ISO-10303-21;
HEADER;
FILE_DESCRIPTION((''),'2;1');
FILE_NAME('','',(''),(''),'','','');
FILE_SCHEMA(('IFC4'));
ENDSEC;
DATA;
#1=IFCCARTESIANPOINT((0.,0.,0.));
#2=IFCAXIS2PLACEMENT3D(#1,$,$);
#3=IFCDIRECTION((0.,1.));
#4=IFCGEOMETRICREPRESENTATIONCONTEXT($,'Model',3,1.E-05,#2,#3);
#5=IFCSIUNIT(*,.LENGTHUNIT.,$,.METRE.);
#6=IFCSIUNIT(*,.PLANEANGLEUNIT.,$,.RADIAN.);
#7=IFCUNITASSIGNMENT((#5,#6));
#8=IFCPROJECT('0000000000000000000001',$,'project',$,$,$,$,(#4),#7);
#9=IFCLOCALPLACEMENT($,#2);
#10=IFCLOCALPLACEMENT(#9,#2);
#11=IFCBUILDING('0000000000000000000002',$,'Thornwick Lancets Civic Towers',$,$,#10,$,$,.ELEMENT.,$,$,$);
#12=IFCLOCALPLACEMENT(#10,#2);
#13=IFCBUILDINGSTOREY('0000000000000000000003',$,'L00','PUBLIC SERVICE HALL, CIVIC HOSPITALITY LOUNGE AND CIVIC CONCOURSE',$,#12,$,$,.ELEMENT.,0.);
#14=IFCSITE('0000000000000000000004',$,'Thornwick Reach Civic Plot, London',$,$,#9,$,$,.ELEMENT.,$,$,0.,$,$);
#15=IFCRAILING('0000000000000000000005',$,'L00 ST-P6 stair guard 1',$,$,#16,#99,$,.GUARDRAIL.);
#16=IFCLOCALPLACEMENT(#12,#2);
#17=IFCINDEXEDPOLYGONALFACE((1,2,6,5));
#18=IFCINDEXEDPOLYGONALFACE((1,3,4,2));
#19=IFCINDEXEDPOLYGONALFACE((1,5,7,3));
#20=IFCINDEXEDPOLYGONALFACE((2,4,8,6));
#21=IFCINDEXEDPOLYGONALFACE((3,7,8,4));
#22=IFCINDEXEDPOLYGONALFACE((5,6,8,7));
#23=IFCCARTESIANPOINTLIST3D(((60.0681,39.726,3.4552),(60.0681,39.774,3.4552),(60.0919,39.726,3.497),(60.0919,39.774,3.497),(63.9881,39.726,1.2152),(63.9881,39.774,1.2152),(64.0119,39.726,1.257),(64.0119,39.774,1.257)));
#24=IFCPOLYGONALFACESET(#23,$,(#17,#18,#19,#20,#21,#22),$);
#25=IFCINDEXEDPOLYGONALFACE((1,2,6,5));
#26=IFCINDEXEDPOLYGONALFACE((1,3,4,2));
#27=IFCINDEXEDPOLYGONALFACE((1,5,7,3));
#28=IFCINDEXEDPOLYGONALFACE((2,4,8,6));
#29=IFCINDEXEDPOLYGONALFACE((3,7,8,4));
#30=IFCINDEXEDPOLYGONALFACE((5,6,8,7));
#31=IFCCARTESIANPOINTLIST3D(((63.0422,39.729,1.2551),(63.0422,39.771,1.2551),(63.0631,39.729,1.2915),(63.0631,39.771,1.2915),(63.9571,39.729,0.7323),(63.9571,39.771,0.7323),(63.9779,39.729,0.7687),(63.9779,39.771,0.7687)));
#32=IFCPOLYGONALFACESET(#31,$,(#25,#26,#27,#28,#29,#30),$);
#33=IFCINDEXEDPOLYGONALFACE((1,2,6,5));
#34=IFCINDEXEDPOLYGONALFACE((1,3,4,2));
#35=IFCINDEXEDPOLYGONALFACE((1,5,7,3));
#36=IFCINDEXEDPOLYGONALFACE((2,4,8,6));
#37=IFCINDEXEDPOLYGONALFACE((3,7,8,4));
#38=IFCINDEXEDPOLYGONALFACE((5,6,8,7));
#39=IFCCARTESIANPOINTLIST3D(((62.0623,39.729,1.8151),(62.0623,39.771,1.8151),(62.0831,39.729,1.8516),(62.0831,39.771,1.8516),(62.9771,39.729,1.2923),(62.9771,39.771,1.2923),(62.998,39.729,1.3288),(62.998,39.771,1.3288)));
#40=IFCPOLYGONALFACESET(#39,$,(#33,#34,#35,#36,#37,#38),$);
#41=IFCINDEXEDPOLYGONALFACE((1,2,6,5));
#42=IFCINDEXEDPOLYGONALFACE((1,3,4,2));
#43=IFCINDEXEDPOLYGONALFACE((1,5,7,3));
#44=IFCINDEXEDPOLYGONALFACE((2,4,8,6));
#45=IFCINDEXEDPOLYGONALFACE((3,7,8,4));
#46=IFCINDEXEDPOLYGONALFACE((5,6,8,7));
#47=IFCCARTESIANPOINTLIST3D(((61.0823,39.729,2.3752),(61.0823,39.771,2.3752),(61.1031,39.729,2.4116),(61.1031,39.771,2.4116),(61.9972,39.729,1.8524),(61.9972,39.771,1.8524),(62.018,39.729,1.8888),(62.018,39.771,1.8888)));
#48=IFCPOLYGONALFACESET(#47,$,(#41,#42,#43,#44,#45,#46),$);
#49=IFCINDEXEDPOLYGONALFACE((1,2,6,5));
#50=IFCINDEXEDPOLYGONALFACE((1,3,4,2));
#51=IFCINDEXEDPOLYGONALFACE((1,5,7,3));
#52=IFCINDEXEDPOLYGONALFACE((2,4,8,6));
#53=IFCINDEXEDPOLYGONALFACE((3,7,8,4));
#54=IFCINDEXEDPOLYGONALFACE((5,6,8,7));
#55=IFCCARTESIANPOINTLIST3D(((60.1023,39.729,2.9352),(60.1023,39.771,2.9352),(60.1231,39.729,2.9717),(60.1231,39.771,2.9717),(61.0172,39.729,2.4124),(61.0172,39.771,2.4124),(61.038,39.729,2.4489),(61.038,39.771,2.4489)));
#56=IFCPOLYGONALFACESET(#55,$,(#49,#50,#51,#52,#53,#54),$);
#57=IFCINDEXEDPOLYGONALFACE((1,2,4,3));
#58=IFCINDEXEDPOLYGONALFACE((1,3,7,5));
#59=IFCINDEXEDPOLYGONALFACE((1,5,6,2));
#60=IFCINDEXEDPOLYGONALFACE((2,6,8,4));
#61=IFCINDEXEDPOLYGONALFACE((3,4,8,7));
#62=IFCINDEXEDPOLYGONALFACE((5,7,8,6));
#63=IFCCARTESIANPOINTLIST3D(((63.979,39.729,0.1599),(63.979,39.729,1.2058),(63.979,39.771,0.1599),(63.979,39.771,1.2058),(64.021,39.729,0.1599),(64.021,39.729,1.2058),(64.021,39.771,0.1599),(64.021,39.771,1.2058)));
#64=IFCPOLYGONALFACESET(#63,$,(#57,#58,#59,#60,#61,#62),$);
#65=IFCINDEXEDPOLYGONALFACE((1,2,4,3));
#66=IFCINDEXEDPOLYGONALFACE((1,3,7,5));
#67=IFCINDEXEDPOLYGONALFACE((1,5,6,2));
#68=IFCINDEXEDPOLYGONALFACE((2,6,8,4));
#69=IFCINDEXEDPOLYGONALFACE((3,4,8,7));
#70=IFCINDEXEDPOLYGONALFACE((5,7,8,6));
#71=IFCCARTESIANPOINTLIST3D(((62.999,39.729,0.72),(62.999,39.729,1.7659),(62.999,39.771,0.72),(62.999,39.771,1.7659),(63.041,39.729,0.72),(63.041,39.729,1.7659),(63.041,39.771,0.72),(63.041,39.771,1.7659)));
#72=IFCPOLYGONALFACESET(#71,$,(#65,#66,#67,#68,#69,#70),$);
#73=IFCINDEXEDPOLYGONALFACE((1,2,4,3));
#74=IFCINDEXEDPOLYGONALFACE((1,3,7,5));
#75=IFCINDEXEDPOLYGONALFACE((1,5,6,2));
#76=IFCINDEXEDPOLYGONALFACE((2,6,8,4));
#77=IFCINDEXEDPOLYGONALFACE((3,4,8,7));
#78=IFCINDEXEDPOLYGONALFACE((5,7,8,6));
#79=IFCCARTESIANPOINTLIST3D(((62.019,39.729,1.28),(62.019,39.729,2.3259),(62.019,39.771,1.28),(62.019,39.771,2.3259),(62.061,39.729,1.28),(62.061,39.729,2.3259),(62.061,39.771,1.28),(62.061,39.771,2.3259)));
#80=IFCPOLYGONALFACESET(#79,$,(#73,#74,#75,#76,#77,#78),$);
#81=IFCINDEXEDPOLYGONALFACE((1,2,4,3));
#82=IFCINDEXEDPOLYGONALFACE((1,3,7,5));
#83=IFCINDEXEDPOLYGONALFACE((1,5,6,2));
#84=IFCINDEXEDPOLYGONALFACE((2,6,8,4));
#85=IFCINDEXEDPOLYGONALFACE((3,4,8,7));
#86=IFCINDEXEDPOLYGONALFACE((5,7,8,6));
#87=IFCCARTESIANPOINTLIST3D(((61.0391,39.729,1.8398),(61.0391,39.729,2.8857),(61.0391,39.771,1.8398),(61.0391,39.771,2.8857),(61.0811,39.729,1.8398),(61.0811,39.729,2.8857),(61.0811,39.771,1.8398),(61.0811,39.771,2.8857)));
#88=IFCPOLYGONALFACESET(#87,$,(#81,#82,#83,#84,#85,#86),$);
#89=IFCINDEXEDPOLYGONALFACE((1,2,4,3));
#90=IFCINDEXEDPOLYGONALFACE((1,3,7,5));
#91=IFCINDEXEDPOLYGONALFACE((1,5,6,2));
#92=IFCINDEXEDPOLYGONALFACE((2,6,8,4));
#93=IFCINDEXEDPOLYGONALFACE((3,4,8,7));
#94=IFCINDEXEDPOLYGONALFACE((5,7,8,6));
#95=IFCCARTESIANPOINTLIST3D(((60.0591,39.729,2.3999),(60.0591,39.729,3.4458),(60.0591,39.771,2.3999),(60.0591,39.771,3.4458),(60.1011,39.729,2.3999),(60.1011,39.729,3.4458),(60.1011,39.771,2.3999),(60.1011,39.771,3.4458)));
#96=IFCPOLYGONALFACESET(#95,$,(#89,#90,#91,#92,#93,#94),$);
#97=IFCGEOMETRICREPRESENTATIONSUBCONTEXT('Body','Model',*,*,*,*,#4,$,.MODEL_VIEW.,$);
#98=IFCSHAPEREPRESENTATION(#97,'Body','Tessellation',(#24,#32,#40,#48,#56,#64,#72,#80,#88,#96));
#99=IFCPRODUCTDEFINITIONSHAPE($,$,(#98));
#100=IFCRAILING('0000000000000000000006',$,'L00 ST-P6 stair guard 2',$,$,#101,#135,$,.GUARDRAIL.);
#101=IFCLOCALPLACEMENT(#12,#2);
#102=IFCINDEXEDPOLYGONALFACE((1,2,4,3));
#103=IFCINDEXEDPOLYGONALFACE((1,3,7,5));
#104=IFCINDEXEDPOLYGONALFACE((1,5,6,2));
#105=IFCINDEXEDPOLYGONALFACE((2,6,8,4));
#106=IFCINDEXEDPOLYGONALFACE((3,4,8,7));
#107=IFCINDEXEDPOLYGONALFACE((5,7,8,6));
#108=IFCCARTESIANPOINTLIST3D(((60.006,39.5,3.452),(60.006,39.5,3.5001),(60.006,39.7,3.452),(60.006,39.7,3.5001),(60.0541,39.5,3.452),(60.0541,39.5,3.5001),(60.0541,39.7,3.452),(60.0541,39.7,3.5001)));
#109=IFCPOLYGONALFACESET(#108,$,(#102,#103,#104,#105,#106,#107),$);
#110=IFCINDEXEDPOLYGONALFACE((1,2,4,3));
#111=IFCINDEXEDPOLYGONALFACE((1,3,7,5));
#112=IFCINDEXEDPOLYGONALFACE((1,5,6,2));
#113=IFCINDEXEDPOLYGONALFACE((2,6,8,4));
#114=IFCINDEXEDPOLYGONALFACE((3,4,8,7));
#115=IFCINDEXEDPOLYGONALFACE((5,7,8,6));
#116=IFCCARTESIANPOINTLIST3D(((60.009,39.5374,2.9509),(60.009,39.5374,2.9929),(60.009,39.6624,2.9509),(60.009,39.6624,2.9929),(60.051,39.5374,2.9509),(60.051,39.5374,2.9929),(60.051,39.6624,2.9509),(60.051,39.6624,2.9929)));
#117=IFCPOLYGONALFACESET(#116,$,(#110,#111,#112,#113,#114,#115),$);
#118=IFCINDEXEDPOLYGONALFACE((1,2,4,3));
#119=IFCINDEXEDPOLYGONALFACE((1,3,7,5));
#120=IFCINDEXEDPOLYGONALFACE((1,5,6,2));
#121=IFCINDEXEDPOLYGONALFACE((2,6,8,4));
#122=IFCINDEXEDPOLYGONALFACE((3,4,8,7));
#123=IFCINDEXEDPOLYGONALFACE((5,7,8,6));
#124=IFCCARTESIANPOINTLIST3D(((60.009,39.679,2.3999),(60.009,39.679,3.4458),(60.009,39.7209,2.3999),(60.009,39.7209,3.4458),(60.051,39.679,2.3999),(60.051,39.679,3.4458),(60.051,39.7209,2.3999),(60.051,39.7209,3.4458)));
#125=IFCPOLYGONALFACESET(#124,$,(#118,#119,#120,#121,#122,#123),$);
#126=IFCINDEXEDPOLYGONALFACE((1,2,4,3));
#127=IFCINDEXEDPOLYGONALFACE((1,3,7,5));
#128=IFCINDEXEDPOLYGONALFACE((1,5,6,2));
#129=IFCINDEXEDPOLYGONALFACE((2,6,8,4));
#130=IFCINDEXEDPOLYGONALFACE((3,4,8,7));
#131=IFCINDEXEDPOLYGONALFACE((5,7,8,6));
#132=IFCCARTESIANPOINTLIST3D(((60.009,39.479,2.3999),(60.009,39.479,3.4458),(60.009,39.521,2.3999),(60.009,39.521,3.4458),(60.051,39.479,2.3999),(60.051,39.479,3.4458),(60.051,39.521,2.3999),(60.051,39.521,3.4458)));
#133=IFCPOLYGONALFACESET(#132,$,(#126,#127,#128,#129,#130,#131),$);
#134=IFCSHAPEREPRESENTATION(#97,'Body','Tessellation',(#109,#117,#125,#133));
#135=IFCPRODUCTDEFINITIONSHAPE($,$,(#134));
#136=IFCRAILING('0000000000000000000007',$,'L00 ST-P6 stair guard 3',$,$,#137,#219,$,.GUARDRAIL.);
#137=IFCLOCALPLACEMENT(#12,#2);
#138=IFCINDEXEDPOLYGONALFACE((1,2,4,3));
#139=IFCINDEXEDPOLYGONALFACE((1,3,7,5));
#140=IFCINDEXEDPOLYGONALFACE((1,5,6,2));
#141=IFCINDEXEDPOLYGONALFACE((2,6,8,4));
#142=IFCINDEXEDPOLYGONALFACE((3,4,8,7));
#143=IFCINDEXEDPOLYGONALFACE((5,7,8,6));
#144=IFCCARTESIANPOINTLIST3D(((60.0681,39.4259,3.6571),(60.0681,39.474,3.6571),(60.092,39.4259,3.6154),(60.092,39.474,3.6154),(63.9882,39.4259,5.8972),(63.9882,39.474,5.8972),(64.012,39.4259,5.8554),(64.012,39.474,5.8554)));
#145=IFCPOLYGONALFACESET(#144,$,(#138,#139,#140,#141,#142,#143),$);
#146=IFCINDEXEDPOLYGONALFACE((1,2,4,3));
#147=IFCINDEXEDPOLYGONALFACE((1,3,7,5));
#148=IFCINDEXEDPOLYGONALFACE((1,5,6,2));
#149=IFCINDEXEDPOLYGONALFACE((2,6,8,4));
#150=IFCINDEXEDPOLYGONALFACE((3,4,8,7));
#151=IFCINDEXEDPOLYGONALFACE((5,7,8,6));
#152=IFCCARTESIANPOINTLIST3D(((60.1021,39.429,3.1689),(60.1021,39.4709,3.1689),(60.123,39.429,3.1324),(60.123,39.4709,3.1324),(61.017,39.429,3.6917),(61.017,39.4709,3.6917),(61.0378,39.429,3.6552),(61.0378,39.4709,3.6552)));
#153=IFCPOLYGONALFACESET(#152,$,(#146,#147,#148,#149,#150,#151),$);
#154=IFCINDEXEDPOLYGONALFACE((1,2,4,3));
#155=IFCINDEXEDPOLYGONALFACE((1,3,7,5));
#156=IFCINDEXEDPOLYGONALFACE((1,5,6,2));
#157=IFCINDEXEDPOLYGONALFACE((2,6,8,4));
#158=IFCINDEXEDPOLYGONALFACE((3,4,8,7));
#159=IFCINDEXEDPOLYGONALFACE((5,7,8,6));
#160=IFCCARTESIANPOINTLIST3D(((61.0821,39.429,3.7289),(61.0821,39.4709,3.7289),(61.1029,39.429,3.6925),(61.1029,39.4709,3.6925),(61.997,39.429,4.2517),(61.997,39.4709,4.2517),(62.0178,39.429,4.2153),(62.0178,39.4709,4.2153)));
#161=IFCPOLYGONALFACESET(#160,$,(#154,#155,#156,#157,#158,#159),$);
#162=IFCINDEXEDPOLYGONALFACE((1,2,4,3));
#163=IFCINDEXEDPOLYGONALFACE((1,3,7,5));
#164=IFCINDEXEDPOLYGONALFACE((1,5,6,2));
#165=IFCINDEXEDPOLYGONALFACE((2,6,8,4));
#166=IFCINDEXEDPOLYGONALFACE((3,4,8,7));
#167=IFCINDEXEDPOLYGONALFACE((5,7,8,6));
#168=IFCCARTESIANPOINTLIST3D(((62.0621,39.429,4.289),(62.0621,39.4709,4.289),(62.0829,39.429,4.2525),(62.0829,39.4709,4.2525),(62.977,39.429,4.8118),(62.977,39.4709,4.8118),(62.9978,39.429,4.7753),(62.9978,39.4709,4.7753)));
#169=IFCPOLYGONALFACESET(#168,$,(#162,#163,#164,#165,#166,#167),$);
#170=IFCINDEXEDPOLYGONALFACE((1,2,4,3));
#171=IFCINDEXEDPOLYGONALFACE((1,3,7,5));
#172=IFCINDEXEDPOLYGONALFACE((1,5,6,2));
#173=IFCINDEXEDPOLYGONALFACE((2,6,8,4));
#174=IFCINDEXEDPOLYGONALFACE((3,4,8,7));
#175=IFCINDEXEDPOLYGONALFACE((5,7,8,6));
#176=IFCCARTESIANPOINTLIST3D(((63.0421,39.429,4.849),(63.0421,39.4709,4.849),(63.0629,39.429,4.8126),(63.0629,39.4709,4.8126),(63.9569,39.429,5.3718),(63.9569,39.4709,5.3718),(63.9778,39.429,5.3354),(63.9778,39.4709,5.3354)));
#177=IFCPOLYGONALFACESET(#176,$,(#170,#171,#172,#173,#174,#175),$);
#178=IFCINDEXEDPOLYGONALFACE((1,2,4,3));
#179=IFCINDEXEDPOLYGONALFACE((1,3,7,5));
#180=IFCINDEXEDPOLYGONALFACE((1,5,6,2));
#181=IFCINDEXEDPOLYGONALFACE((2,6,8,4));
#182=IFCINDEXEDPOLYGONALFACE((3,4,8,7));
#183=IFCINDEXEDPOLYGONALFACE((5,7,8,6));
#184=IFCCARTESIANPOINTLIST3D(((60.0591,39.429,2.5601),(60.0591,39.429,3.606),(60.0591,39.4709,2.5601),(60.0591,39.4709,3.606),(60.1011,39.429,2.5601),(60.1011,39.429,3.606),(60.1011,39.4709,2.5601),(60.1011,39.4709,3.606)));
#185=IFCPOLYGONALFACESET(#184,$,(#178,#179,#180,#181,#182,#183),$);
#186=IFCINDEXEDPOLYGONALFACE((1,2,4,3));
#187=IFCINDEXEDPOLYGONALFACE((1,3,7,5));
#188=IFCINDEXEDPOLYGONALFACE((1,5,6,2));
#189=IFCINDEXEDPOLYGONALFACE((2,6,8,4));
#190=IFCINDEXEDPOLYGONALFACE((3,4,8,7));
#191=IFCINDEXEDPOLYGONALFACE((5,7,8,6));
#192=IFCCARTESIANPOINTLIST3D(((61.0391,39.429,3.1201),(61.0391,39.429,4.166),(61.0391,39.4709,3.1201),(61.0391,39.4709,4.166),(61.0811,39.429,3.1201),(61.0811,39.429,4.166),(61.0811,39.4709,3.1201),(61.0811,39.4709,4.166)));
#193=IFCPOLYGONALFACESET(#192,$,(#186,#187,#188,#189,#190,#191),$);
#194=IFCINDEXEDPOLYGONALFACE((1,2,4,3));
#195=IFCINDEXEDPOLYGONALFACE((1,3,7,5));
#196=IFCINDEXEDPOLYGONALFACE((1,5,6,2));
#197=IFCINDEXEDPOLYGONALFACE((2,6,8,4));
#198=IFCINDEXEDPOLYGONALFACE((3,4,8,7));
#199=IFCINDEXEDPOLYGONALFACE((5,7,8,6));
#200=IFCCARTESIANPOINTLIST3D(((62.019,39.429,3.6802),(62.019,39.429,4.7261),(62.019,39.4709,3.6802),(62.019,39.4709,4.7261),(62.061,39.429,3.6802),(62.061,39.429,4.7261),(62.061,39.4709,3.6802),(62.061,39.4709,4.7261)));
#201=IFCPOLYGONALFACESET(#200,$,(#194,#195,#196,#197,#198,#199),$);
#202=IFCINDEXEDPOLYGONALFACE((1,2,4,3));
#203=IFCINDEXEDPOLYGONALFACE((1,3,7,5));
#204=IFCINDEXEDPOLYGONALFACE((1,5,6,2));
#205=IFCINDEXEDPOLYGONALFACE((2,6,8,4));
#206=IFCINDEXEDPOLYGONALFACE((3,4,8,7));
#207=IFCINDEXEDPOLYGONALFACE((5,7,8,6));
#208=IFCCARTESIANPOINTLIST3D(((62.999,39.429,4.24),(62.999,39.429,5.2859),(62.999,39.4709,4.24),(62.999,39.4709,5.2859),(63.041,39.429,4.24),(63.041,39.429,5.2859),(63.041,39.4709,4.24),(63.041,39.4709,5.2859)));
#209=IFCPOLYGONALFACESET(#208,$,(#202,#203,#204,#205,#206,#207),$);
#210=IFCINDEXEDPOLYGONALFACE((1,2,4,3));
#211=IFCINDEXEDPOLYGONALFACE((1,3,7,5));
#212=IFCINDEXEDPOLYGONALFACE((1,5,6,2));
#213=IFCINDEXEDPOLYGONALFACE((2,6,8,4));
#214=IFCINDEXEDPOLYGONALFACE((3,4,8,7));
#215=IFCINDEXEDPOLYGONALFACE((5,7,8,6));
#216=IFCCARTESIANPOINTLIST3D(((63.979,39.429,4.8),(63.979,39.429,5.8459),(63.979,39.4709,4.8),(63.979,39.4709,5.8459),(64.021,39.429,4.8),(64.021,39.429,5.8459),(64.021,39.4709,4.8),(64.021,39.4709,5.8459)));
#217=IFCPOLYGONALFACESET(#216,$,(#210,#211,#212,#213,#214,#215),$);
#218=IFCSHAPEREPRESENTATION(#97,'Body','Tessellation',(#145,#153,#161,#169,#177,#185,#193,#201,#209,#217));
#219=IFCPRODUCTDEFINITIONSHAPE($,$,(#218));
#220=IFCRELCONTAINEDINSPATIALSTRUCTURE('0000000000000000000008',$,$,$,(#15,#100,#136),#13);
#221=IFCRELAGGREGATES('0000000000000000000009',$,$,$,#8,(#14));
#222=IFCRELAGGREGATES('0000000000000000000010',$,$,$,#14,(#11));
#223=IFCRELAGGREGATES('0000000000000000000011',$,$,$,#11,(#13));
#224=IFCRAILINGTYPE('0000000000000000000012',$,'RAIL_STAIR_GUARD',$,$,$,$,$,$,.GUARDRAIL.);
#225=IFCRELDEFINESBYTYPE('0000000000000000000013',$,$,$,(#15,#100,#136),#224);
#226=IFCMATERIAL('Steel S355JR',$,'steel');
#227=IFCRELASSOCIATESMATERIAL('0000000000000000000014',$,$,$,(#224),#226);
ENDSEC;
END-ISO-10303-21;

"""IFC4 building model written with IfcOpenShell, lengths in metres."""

from ifc_helpers import new_model, si_unit, direction, frame, origin, origin_2d, place, context, subcontext, project, spatial, rectangle, extrude, material, type_object, element, save


model = new_model("IFC4")

# Units and contexts
model_context = context("Model", 3, precision=1e-05, world=origin(), true_north=direction((0.0, 1.0)))
body_context = subcontext(model_context, "Body", "Model", "MODEL_VIEW")
ifc_project = project(units=[si_unit("LENGTHUNIT", "METRE"), si_unit("PLANEANGLEUNIT", "RADIAN")], contexts=[model_context])

# Site, building, storey
site_placement = place(None, origin())
site = spatial("IfcSite", under=ifc_project, at=site_placement, Name="Thornwick Reach Civic Plot, London", CompositionType="ELEMENT", RefElevation=0.0)
building_placement = place(site_placement, origin())
building = spatial("IfcBuilding", under=site, at=building_placement, Name="Thornwick Lancets Civic Towers", CompositionType="ELEMENT")
storey_placement = place(building_placement, origin())
storey = spatial("IfcBuildingStorey", under=building, at=storey_placement, Name="L00", Description="PUBLIC SERVICE HALL, CIVIC HOSPITALITY LOUNGE AND CIVIC CONCOURSE", CompositionType="ELEMENT", Elevation=0.0)

# Shared definitions
ifc_material_1 = material(Name="Steel S355JR", Category="steel")

# Railings
railing_type_1 = type_object("IfcRailingType", Name="RAIL_STAIR_GUARD", PredefinedType="GUARDRAIL", material=ifc_material_1)
railing_1_placement = place(storey_placement, frame((64.0, 39.75, 0.1599)))
element("IfcRailing", 1, at=railing_1_placement, inside=storey, type_object=railing_type_1, Name="L00 ST-P6 stair guard 1", PredefinedType="GUARDRAIL", context=body_context, shape_type="SweptSolid", body=[
    extrude(rectangle(XDim=0.0481, YDim=0.0481, at=origin_2d()), frame((0.0, 0.0, 1.0762), z_axis=(-0.86824, 0.0, 0.496145), x_axis=(0.0, -1.0, 0.0)), (0.0, 0.0, 1.0), 4.5149),
    extrude(rectangle(XDim=0.042, YDim=0.042, at=origin_2d()), frame((-0.0325, 0.0, 0.5906), z_axis=(-0.86824, 0.0, 0.496145), x_axis=(0.0, -1.0, 0.0)), (0.0, 0.0, 1.0), 1.0537),
    extrude(rectangle(XDim=0.042, YDim=0.042, at=origin_2d()), frame((-1.0125, 0.0, 1.1506), z_axis=(-0.86824, 0.0, 0.496145), x_axis=(0.0, -1.0, 0.0)), (0.0, 0.0, 1.0), 1.0537),
    extrude(rectangle(XDim=0.042, YDim=0.042, at=origin_2d()), frame((-1.9924, 0.0, 1.7107), z_axis=(-0.86824, 0.0, 0.496145), x_axis=(0.0, -1.0, 0.0)), (0.0, 0.0, 1.0), 1.0537),
    extrude(rectangle(XDim=0.042, YDim=0.042, at=origin_2d()), frame((-2.9724, 0.0, 2.2708), z_axis=(-0.86824, 0.0, 0.496145), x_axis=(0.0, -1.0, 0.0)), (0.0, 0.0, 1.0), 1.0537),
    extrude(rectangle(XDim=0.042, YDim=0.042, at=origin_2d()), origin(), (0.0, 0.0, 1.0), 1.0459),
    extrude(rectangle(XDim=0.042, YDim=0.042, at=origin_2d()), frame((-0.98, 0.0, 0.5601)), (0.0, 0.0, 1.0), 1.0459),
    extrude(rectangle(XDim=0.042, YDim=0.042, at=origin_2d()), frame((-1.96, 0.0, 1.1201)), (0.0, 0.0, 1.0), 1.0459),
    extrude(rectangle(XDim=0.042, YDim=0.042, at=origin_2d()), frame((-2.9399, 0.0, 1.6799)), (0.0, 0.0, 1.0), 1.0459),
    extrude(rectangle(XDim=0.042, YDim=0.042, at=origin_2d()), frame((-3.9199, 0.0, 2.24)), (0.0, 0.0, 1.0), 1.0459),
])
railing_2_placement = place(storey_placement, frame((60.03, 39.7, 2.3999)))
element("IfcRailing", 2, at=railing_2_placement, inside=storey, type_object=railing_type_1, Name="L00 ST-P6 stair guard 2", PredefinedType="GUARDRAIL", context=body_context, shape_type="SweptSolid", body=[
    extrude(rectangle(XDim=0.0481, YDim=0.0481, at=origin_2d()), frame((0.0, 0.0, 1.0762), z_axis=(0.0, -1.0, 0.0), x_axis=(1.0, 0.0, 0.0)), (0.0, 0.0, 1.0), 0.2),
    extrude(rectangle(XDim=0.042, YDim=0.042, at=origin_2d()), frame((0.0, -0.0376, 0.572), z_axis=(0.0, -1.0, 0.0), x_axis=(1.0, 0.0, 0.0)), (0.0, 0.0, 1.0), 0.125),
    extrude(rectangle(XDim=0.042, YDim=0.042, at=origin_2d()), origin(), (0.0, 0.0, 1.0), 1.0459),
    extrude(rectangle(XDim=0.042, YDim=0.042, at=origin_2d()), frame((0.0, -0.2, 0.0)), (0.0, 0.0, 1.0), 1.0459),
])
railing_3_placement = place(storey_placement, frame((60.0801, 39.45, 2.5601)))
element("IfcRailing", 3, at=railing_3_placement, inside=storey, type_object=railing_type_1, Name="L00 ST-P6 stair guard 3", PredefinedType="GUARDRAIL", context=body_context, shape_type="SweptSolid", body=[
    extrude(rectangle(XDim=0.0481, YDim=0.0481, at=origin_2d()), frame((0.0, 0.0, 1.0762), z_axis=(0.86824, 0.0, 0.496145), x_axis=(0.0, 1.0, 0.0)), (0.0, 0.0, 1.0), 4.5149),
    extrude(rectangle(XDim=0.042, YDim=0.042, at=origin_2d()), frame((0.0325, 0.0, 0.5906), z_axis=(0.86824, 0.0, 0.496145), x_axis=(0.0, 1.0, 0.0)), (0.0, 0.0, 1.0), 1.0537),
    extrude(rectangle(XDim=0.042, YDim=0.042, at=origin_2d()), frame((1.0125, 0.0, 1.1506), z_axis=(0.86824, 0.0, 0.496145), x_axis=(0.0, 1.0, 0.0)), (0.0, 0.0, 1.0), 1.0537),
    extrude(rectangle(XDim=0.042, YDim=0.042, at=origin_2d()), frame((1.9924, 0.0, 1.7107), z_axis=(0.86824, 0.0, 0.496145), x_axis=(0.0, 1.0, 0.0)), (0.0, 0.0, 1.0), 1.0537),
    extrude(rectangle(XDim=0.042, YDim=0.042, at=origin_2d()), frame((2.9724, 0.0, 2.2708), z_axis=(0.86824, 0.0, 0.496145), x_axis=(0.0, 1.0, 0.0)), (0.0, 0.0, 1.0), 1.0537),
    extrude(rectangle(XDim=0.042, YDim=0.042, at=origin_2d()), origin(), (0.0, 0.0, 1.0), 1.0459),
    extrude(rectangle(XDim=0.042, YDim=0.042, at=origin_2d()), frame((0.98, 0.0, 0.5601)), (0.0, 0.0, 1.0), 1.0459),
    extrude(rectangle(XDim=0.042, YDim=0.042, at=origin_2d()), frame((1.96, 0.0, 1.1201)), (0.0, 0.0, 1.0), 1.0459),
    extrude(rectangle(XDim=0.042, YDim=0.042, at=origin_2d()), frame((2.9399, 0.0, 1.6799)), (0.0, 0.0, 1.0), 1.0459),
    extrude(rectangle(XDim=0.042, YDim=0.042, at=origin_2d()), frame((3.9199, 0.0, 2.24)), (0.0, 0.0, 1.0), 1.0459),
])

save(model, "model.ifc")
